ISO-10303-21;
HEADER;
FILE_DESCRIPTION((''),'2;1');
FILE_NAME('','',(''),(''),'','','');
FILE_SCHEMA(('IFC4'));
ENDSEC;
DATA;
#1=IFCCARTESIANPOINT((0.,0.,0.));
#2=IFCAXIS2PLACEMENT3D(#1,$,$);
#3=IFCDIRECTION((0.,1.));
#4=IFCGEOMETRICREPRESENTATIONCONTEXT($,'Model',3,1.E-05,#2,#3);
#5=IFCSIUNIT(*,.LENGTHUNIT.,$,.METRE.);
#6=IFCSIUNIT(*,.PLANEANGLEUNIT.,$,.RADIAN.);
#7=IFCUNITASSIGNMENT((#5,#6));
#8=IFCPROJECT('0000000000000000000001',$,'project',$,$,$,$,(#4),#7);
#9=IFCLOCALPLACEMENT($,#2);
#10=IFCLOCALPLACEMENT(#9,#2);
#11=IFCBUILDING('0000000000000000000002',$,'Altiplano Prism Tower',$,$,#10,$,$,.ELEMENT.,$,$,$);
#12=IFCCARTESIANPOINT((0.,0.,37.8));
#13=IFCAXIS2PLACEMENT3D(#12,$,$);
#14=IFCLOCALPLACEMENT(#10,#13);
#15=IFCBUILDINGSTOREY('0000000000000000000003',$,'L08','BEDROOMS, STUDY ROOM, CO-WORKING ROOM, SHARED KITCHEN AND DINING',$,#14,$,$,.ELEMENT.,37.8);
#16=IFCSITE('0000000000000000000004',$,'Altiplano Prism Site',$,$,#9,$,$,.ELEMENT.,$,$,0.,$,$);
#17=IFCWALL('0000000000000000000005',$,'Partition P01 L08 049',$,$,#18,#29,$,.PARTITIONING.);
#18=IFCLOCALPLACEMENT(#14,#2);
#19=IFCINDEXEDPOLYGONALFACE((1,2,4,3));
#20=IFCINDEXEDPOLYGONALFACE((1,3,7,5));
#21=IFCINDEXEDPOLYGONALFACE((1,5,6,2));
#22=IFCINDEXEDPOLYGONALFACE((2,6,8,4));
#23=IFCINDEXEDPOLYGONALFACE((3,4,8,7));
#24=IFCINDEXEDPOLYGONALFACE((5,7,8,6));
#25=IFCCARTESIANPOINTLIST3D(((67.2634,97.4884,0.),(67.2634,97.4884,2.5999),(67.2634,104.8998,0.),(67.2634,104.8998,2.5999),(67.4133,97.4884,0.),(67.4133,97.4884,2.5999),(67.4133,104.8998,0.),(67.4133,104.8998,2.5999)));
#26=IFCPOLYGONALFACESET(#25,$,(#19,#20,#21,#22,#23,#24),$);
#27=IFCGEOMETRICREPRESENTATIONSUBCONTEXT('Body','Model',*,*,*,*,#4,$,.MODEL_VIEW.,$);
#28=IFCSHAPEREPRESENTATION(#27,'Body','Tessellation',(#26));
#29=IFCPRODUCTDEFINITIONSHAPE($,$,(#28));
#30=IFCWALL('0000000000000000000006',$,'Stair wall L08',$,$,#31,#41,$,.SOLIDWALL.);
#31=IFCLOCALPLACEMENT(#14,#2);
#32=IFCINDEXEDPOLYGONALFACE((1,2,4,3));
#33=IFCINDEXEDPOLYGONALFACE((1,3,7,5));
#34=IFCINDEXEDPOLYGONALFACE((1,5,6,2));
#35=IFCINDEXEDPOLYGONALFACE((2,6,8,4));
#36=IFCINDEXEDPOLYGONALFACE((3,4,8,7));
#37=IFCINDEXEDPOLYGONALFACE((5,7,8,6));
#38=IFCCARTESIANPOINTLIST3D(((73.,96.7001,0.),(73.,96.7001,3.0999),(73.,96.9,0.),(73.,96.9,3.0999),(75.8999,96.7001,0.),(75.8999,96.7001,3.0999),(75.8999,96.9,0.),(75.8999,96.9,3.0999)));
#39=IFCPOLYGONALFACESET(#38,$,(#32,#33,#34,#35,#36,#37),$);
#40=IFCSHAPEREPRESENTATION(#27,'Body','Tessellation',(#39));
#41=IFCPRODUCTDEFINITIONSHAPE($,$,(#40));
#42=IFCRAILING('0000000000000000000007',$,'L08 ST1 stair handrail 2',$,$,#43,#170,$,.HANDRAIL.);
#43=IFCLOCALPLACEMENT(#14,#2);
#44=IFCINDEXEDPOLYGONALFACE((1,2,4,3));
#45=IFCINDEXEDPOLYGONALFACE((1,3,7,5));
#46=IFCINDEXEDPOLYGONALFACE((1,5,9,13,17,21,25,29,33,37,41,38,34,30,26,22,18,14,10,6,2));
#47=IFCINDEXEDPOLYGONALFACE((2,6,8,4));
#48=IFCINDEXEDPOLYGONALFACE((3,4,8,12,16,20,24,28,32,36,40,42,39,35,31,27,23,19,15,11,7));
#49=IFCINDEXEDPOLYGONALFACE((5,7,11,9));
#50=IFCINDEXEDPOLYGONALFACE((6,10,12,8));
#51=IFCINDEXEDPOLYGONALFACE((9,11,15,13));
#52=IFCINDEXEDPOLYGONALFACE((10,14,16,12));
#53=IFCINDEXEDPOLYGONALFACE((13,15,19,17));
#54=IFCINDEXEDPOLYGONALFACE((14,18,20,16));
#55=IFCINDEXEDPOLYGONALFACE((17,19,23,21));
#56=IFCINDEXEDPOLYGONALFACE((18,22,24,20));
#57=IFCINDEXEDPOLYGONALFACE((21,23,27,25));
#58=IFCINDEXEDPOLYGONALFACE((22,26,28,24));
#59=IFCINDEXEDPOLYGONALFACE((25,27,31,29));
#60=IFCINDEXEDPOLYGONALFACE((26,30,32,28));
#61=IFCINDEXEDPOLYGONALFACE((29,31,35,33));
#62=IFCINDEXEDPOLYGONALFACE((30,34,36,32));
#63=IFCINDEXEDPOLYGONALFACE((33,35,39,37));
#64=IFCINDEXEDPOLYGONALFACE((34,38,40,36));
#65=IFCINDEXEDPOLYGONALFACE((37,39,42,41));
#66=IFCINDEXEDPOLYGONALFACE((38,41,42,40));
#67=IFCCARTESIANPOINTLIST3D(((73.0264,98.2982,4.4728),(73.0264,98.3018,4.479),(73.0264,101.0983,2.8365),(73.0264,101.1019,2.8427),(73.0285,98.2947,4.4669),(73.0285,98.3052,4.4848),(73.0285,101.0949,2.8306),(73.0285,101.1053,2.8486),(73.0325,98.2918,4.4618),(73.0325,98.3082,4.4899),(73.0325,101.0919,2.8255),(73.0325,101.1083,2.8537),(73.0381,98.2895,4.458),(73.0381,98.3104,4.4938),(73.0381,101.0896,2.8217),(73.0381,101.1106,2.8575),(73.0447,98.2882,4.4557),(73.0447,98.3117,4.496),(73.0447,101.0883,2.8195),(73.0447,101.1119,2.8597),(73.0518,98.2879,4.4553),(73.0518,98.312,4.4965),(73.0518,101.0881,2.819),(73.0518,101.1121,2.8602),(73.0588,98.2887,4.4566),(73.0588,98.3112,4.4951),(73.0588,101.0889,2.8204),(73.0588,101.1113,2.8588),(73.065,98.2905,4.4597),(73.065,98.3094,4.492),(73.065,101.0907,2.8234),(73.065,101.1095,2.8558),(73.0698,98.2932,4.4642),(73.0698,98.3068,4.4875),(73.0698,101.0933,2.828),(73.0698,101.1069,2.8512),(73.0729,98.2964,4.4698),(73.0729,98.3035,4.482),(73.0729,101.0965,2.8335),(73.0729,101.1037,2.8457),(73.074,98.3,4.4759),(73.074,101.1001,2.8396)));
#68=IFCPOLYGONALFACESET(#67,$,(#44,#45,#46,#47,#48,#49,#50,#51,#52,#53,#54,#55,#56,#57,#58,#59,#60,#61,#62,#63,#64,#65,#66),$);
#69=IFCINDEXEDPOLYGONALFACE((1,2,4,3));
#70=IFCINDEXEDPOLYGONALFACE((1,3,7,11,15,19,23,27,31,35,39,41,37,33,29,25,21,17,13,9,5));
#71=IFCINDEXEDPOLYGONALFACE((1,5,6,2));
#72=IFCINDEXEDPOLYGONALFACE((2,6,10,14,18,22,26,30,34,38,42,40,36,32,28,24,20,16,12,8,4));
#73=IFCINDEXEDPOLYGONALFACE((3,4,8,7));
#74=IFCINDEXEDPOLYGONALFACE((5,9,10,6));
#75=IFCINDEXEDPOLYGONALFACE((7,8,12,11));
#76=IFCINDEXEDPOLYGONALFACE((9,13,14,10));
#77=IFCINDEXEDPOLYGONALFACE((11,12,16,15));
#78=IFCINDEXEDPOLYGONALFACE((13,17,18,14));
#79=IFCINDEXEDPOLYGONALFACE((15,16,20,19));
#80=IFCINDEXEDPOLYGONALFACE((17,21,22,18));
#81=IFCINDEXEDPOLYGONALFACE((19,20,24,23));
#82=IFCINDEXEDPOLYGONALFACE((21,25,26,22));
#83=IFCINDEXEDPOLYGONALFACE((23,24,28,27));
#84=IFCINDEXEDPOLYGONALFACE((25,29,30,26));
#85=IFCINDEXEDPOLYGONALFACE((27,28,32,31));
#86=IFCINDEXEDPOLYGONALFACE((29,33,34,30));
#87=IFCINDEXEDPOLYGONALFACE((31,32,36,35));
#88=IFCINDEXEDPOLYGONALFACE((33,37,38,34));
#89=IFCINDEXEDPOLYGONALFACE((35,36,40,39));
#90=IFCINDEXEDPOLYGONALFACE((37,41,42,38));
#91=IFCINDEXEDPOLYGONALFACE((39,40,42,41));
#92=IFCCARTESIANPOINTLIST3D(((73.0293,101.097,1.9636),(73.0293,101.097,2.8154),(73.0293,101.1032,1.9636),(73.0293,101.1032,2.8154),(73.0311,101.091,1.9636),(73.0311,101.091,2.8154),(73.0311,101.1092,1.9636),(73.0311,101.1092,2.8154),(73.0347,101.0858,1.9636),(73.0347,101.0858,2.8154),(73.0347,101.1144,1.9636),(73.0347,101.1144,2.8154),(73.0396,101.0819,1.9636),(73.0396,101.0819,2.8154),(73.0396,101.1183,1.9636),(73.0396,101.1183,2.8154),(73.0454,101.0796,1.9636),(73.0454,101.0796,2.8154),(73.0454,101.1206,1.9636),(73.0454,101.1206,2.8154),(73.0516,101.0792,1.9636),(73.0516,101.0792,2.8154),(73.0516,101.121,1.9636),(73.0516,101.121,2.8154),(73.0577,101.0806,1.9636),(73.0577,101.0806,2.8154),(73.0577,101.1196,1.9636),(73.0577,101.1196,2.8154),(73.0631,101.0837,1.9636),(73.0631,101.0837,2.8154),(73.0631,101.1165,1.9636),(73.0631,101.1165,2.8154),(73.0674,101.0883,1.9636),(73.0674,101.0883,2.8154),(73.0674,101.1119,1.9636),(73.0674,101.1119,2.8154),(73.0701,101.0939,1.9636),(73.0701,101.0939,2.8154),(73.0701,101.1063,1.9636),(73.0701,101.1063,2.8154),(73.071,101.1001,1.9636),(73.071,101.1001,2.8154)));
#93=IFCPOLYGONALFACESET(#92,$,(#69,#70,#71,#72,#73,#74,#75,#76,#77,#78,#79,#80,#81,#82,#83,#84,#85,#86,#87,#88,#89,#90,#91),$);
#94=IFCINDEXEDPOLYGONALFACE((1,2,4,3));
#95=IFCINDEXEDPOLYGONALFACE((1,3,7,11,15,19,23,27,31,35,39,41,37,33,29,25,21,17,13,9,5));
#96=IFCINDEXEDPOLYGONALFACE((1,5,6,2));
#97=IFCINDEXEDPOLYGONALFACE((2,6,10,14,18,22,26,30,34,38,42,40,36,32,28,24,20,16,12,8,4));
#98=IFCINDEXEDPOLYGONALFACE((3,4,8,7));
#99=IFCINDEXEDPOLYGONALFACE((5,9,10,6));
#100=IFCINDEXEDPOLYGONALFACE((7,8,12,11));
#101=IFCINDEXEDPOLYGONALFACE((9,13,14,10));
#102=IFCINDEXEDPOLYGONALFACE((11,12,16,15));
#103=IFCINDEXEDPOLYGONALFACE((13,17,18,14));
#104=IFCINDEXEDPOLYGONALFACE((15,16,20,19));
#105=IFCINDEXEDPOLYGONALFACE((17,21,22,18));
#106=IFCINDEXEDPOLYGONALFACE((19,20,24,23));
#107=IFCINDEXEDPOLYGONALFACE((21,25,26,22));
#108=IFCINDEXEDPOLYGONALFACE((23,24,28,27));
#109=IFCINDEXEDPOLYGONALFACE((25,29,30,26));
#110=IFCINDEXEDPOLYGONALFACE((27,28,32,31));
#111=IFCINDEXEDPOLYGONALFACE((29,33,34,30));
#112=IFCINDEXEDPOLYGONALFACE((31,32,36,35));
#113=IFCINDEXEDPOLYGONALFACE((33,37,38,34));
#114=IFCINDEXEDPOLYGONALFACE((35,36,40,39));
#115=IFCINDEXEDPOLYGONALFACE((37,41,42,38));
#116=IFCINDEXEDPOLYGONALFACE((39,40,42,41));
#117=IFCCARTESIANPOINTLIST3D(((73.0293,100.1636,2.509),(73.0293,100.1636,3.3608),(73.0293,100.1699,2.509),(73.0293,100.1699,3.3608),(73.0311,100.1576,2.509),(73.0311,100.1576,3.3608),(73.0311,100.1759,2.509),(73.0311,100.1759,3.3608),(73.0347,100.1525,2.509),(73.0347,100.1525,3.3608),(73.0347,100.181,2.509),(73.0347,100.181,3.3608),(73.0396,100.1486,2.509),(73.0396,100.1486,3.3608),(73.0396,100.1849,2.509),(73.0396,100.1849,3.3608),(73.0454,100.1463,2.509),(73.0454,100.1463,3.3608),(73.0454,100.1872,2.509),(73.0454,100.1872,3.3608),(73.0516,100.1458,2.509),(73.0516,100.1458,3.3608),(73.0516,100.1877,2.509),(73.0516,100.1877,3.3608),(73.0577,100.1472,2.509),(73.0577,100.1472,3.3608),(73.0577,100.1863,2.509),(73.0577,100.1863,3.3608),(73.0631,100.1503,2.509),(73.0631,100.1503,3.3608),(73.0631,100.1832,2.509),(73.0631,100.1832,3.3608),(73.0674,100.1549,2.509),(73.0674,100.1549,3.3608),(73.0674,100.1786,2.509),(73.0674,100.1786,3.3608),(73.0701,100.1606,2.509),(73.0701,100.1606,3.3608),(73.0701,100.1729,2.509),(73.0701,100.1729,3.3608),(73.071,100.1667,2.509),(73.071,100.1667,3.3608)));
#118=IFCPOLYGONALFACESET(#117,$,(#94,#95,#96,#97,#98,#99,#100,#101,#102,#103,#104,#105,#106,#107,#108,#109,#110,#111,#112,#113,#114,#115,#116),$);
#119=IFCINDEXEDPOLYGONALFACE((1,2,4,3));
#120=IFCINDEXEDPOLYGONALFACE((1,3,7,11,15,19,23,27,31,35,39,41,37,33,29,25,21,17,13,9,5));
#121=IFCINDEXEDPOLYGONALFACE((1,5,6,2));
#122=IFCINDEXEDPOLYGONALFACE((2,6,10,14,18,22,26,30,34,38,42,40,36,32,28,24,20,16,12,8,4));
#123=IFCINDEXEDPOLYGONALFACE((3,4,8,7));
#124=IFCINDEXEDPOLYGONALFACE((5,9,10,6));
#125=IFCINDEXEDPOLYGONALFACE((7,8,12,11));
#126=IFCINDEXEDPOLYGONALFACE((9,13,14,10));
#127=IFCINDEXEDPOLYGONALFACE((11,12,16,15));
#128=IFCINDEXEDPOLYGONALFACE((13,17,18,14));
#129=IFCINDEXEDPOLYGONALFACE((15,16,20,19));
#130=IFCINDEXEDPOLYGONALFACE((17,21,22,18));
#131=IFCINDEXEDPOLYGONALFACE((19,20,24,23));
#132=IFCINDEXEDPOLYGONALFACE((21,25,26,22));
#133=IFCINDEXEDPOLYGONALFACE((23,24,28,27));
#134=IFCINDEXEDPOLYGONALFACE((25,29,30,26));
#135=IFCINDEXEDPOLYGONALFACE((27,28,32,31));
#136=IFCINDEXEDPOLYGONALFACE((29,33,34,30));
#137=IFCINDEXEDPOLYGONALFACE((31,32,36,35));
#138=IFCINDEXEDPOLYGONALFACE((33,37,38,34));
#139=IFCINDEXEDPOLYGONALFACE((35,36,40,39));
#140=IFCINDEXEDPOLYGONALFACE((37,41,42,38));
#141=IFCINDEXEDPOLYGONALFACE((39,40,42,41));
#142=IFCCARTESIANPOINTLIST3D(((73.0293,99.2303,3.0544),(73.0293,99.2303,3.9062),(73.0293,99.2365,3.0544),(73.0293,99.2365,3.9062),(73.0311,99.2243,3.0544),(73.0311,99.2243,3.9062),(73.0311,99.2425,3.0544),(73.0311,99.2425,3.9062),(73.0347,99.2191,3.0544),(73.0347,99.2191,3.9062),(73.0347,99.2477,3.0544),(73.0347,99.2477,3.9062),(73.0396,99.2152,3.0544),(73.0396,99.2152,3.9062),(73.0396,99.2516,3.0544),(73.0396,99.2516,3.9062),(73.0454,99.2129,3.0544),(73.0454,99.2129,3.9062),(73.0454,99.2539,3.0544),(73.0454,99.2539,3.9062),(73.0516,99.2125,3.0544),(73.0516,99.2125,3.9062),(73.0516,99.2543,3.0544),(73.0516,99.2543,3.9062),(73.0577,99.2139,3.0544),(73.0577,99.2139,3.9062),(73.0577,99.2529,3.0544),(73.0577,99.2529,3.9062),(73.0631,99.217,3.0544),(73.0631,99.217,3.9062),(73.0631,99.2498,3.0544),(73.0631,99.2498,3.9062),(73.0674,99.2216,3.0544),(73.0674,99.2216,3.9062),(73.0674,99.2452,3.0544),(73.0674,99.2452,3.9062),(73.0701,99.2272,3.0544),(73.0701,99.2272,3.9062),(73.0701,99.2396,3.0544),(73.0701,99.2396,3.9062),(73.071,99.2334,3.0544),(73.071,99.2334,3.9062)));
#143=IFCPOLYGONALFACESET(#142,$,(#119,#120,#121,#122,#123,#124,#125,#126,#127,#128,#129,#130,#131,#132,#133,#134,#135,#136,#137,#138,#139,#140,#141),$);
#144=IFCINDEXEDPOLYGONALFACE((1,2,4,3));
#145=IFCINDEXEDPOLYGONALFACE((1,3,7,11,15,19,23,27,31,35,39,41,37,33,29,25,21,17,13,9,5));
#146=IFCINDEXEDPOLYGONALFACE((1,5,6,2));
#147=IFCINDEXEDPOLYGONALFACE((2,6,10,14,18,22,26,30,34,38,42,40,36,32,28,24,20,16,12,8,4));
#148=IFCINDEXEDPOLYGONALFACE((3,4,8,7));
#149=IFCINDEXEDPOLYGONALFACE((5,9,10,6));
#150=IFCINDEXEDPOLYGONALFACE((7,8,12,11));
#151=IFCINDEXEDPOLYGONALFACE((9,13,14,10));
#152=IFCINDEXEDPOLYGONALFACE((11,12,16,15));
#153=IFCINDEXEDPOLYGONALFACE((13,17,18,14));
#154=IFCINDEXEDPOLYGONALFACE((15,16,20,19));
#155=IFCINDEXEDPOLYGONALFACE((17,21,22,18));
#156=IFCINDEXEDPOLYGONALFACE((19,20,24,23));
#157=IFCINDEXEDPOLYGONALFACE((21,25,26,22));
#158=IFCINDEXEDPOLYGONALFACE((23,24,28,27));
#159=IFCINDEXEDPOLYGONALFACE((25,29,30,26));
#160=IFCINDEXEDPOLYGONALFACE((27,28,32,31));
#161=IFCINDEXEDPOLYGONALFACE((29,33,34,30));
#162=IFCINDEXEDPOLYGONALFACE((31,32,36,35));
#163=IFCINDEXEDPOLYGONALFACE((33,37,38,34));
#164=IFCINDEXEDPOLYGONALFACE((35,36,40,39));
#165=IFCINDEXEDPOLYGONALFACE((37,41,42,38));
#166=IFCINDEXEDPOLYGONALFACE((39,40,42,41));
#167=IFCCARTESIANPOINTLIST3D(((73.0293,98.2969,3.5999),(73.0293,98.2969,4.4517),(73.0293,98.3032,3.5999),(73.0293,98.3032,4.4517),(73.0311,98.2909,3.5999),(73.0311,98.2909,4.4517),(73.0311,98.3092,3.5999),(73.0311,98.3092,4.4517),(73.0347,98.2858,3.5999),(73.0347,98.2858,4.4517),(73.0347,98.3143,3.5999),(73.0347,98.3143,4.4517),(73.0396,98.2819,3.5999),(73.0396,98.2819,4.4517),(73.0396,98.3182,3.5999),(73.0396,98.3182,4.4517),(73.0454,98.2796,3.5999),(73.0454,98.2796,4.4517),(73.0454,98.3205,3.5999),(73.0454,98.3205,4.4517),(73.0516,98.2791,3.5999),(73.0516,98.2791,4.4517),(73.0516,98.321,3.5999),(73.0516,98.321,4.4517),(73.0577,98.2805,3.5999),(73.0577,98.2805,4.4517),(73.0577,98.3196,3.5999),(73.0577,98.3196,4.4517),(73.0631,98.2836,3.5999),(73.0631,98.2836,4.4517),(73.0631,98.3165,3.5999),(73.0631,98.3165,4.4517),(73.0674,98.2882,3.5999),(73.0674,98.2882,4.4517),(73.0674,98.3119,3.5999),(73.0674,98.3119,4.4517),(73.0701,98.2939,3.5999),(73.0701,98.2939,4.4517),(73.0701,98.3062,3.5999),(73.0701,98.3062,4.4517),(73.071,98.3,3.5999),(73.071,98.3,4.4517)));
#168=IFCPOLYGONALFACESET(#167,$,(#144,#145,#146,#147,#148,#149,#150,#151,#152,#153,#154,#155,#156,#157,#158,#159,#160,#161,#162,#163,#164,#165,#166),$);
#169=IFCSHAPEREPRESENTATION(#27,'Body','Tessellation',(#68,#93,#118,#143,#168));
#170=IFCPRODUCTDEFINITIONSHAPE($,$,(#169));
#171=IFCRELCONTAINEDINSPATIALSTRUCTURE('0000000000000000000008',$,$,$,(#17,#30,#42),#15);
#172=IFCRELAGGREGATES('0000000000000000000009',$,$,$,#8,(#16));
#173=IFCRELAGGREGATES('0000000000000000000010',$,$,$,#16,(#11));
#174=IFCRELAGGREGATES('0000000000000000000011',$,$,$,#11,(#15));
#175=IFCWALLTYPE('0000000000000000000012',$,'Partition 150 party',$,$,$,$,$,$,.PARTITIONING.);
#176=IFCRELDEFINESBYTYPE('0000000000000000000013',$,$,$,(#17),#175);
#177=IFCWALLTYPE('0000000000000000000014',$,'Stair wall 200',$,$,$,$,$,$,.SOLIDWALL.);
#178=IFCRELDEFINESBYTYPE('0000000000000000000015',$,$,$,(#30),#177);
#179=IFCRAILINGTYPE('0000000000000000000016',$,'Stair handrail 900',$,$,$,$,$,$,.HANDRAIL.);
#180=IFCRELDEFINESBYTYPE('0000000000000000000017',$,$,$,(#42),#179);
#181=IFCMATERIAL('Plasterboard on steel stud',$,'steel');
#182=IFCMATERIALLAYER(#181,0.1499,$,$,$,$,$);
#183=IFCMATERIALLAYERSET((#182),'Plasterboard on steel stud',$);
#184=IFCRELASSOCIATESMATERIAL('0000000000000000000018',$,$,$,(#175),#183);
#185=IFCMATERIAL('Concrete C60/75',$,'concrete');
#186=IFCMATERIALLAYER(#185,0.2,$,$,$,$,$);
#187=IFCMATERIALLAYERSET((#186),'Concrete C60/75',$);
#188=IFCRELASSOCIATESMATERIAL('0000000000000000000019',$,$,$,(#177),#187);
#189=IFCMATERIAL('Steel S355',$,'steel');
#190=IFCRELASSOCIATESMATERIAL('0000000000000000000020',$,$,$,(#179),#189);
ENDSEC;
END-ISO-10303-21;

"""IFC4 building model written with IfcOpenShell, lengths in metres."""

from ifc_helpers import new_model, si_unit, direction, frame, frame_2d, origin, origin_2d, place, context, subcontext, project, spatial, rectangle, circle, extrude, material, layer, layer_set, type_object, element, save


model = new_model("IFC4")

# Units and contexts
model_context = context("Model", 3, precision=1e-05, world=origin(), true_north=direction((0.0, 1.0)))
body_context = subcontext(model_context, "Body", "Model", "MODEL_VIEW")
ifc_project = project(units=[si_unit("LENGTHUNIT", "METRE"), si_unit("PLANEANGLEUNIT", "RADIAN")], contexts=[model_context])

# Site, building, storey
site_placement = place(None, origin())
site = spatial("IfcSite", under=ifc_project, at=site_placement, Name="Altiplano Prism Site", CompositionType="ELEMENT", RefElevation=0.0)
building_placement = place(site_placement, origin())
building = spatial("IfcBuilding", under=site, at=building_placement, Name="Altiplano Prism Tower", CompositionType="ELEMENT")
storey_placement = place(building_placement, frame((0.0, 0.0, 37.8)))
storey = spatial("IfcBuildingStorey", under=building, at=storey_placement, Name="L08", Description="BEDROOMS, STUDY ROOM, CO-WORKING ROOM, SHARED KITCHEN AND DINING", CompositionType="ELEMENT", Elevation=37.8)

# Shared definitions
ifc_material_1 = material(Name="Concrete C60/75", Category="concrete")

# Shared definitions
ifc_material_2 = material(Name="Plasterboard on steel stud", Category="steel")

# Walls
ifc_layer_1 = layer(ifc_material_2, 0.1499)
ifc_layer_set_1 = layer_set([ifc_layer_1], Name="Plasterboard on steel stud")
wall_type_1 = type_object("IfcWallType", Name="Partition 150 party", PredefinedType="PARTITIONING", material=ifc_layer_set_1)
wall_1_placement = place(storey_placement, frame((67.3384, 97.4885, 0.0), z_axis=(0.0, 0.0, 1.0), x_axis=(0.0, 1.0, 0.0)))
element("IfcWall", 1, at=wall_1_placement, inside=storey, type_object=wall_type_1, Name="Partition P01 L08 049", PredefinedType="PARTITIONING", context=body_context, shape_type="SweptSolid", body=[
    extrude(rectangle(XDim=7.4114, YDim=0.1499, at=frame_2d((3.7056, 0.0))), origin(), (0.0, 0.0, 1.0), 2.5999),
])
ifc_layer_2 = layer(ifc_material_1, 0.2)
ifc_layer_set_2 = layer_set([ifc_layer_2], Name="Concrete C60/75")
wall_type_2 = type_object("IfcWallType", Name="Stair wall 200", PredefinedType="SOLIDWALL", material=ifc_layer_set_2)
wall_2_placement = place(storey_placement, frame((73.0, 96.8, 0.0), z_axis=(0.0, 0.0, 1.0), x_axis=(1.0, 0.0, 0.0)))
element("IfcWall", 2, at=wall_2_placement, inside=storey, type_object=wall_type_2, Name="Stair wall L08", PredefinedType="SOLIDWALL", context=body_context, shape_type="SweptSolid", body=[
    extrude(rectangle(XDim=2.8999, YDim=0.2, at=frame_2d((1.45, 0.0))), origin(), (0.0, 0.0, 1.0), 3.0999),
])

# Railing
ifc_material_3 = material(Name="Steel S355", Category="steel")
railing_type = type_object("IfcRailingType", Name="Stair handrail 900", PredefinedType="HANDRAIL", material=ifc_material_3)
railing_placement = place(storey_placement, frame((73.05, 101.1001, 1.9636)))
element("IfcRailing", 3, at=railing_placement, inside=storey, type_object=railing_type, Name="L08 ST1 stair handrail 2", PredefinedType="HANDRAIL", context=body_context, shape_type="SweptSolid", body=[
    extrude(circle(Radius=0.0239, at=origin_2d()), frame((0.0, 0.0, 0.876), z_axis=(0.0, -0.863394, 0.504531), x_axis=(1.0, 0.0, 0.0)), (0.0, 0.0, 1.0), 3.2432),
    extrude(circle(Radius=0.021, at=origin_2d()), origin(), (0.0, 0.0, 1.0), 0.8518),
    extrude(circle(Radius=0.021, at=origin_2d()), frame((0.0, -0.9333, 0.5454)), (0.0, 0.0, 1.0), 0.8518),
    extrude(circle(Radius=0.021, at=origin_2d()), frame((0.0, -1.8667, 1.0908)), (0.0, 0.0, 1.0), 0.8518),
    extrude(circle(Radius=0.021, at=origin_2d()), frame((0.0, -2.8, 1.6362)), (0.0, 0.0, 1.0), 0.8518),
])

save(model, "model.ifc")
